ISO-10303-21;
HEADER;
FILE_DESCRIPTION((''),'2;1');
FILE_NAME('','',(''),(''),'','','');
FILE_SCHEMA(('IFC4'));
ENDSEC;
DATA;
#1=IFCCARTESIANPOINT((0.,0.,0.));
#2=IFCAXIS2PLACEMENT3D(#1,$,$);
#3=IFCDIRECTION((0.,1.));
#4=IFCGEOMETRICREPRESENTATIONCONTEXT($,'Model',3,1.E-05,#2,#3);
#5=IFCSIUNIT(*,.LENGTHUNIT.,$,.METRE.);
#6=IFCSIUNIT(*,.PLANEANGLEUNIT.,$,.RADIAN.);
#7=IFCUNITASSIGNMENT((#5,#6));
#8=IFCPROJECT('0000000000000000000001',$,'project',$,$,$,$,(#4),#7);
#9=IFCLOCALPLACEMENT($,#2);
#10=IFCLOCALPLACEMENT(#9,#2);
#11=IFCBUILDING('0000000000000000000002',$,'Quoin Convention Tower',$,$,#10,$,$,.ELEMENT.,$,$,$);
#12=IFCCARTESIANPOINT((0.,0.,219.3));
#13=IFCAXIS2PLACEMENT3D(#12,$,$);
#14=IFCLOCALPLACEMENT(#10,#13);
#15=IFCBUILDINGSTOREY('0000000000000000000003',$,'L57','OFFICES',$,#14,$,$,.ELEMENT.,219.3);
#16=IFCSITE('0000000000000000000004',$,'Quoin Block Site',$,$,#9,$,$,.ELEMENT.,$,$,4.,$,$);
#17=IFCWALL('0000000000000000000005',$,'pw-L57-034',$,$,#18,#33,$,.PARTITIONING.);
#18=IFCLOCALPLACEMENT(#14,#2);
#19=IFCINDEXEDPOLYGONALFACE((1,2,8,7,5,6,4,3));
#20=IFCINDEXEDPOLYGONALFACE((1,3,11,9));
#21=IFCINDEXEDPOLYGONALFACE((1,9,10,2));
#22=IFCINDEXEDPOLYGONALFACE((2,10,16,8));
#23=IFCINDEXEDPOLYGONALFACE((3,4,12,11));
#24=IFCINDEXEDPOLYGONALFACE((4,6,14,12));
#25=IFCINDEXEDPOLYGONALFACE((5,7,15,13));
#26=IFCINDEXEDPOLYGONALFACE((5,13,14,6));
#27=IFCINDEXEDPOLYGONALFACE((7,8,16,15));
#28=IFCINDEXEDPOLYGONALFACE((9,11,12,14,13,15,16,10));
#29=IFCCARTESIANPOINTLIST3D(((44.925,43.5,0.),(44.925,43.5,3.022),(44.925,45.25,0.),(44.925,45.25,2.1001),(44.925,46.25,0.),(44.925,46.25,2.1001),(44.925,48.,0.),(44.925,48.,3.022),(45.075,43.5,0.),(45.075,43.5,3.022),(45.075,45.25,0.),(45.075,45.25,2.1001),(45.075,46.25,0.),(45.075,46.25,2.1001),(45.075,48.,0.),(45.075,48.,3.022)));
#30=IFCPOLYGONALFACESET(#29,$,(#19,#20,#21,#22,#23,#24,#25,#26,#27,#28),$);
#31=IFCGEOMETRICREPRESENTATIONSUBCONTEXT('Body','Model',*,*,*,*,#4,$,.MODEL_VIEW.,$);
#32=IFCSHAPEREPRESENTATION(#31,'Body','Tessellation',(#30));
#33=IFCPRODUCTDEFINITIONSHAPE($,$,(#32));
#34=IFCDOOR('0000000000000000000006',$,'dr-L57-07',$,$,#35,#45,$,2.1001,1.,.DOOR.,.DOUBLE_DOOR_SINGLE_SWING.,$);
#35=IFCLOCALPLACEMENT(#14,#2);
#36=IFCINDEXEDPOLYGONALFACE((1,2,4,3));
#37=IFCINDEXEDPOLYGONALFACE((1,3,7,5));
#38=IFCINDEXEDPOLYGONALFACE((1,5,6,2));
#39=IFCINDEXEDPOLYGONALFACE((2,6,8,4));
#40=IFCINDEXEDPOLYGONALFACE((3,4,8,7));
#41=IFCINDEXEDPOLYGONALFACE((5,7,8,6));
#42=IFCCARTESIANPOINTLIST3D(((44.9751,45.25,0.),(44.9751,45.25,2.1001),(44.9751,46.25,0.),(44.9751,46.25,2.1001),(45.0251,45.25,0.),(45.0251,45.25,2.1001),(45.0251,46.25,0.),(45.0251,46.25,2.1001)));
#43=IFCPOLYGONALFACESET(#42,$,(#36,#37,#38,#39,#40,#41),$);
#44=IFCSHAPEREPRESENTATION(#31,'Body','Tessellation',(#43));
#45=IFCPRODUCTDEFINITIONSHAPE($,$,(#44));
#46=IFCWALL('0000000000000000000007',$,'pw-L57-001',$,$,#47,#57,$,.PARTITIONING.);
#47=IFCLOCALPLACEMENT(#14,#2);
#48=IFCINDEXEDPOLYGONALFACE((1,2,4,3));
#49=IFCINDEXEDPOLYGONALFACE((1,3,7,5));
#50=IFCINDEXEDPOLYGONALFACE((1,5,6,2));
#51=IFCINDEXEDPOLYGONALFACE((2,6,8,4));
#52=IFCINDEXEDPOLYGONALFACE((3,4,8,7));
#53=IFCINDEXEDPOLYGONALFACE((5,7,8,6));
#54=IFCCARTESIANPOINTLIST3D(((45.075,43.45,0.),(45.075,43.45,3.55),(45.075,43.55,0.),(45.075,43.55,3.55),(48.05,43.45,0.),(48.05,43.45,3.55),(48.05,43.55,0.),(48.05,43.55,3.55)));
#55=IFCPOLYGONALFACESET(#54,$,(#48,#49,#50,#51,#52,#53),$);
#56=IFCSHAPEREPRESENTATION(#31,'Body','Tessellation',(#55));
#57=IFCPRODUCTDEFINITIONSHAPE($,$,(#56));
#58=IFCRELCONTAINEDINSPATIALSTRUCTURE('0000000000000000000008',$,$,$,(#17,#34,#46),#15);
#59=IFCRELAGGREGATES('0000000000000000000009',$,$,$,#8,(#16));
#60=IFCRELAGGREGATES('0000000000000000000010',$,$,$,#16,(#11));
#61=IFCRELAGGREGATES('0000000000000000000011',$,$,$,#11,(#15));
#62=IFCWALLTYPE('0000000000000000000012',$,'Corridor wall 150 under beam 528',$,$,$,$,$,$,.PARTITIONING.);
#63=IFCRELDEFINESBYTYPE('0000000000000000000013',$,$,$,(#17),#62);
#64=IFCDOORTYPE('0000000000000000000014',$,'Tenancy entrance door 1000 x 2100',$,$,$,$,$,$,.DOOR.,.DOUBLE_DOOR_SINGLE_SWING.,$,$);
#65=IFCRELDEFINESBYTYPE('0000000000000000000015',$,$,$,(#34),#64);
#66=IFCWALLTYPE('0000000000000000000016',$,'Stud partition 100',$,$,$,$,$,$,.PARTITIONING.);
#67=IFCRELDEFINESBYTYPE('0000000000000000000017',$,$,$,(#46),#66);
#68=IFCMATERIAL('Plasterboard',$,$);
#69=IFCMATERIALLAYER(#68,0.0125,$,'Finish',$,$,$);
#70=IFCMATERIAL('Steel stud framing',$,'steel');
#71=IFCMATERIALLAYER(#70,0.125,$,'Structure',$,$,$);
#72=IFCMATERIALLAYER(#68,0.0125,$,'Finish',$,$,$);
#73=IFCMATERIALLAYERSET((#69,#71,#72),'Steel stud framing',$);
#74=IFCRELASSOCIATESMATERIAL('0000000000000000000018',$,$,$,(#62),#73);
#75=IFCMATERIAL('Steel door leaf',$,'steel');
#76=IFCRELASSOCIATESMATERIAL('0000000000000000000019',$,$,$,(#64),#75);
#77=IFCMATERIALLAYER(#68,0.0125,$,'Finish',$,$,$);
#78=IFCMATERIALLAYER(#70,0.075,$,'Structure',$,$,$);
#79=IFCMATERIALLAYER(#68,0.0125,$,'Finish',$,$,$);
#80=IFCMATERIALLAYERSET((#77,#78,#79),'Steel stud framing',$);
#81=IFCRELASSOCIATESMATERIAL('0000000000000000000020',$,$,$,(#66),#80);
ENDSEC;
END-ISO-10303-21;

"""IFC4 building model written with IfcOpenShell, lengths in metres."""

from ifc_helpers import new_model, si_unit, direction, frame, frame_2d, origin, place, context, subcontext, project, spatial, rectangle, extrude, material, layer, layer_set, type_object, element, fill, save


model = new_model("IFC4")

# Units and contexts
model_context = context("Model", 3, precision=1e-05, world=origin(), true_north=direction((0.0, 1.0)))
body_context = subcontext(model_context, "Body", "Model", "MODEL_VIEW")
ifc_project = project(units=[si_unit("LENGTHUNIT", "METRE"), si_unit("PLANEANGLEUNIT", "RADIAN")], contexts=[model_context])

# Site, building, storey
site_placement = place(None, origin())
site = spatial("IfcSite", under=ifc_project, at=site_placement, Name="Quoin Block Site", CompositionType="ELEMENT", RefElevation=4.0)
building_placement = place(site_placement, origin())
building = spatial("IfcBuilding", under=site, at=building_placement, Name="Quoin Convention Tower", CompositionType="ELEMENT")
storey_placement = place(building_placement, frame((0.0, 0.0, 219.3)))
storey = spatial("IfcBuildingStorey", under=building, at=storey_placement, Name="L57", Description="OFFICES", CompositionType="ELEMENT", Elevation=219.3)

# Shared definitions
ifc_material_1 = material(Name="Plasterboard")
ifc_material_2 = material(Name="Steel stud framing", Category="steel")
ifc_layer_1 = layer(ifc_material_1, 0.0125, Name="Finish")
ifc_layer_2 = layer(ifc_material_2, 0.125, Name="Structure")
ifc_layer_3 = layer(ifc_material_1, 0.0125, Name="Finish")
ifc_layer_set_1 = layer_set([ifc_layer_1, ifc_layer_2, ifc_layer_3], Name="Steel stud framing")
wall_type_1 = type_object("IfcWallType", Name="Corridor wall 150 under beam 528", PredefinedType="PARTITIONING", material=ifc_layer_set_1)

# Wall, opening, door
wall_1_placement = place(storey_placement, frame((45.0, 43.5, 0.0), z_axis=(0.0, 0.0, 1.0), x_axis=(0.0, 1.0, 0.0)))
wall_1 = element("IfcWall", 1, at=wall_1_placement, inside=storey, type_object=wall_type_1, Name="pw-L57-034", PredefinedType="PARTITIONING", context=body_context, shape_type="SweptSolid", body=[
    extrude(rectangle(XDim=4.5, YDim=0.1499, at=frame_2d((2.25, 0.0))), origin(), (0.0, 0.0, 1.0), 3.022),
])
opening_placement = place(wall_1_placement, frame((1.75, 0.0, 0.0)))
opening = element("IfcOpeningElement", 2, at=opening_placement, cuts=wall_1, PredefinedType="OPENING", context=body_context, shape_type="SweptSolid", body=[
    extrude(rectangle(XDim=1.0, YDim=2.1001, at=frame_2d((0.5, 1.05))), frame((0.0, 0.085, 0.0), z_axis=(0.0, -1.0, 0.0), x_axis=(1.0, 0.0, 0.0)), (0.0, 0.0, 1.0), 0.1699),
])
ifc_material_3 = material(Name="Steel door leaf", Category="steel")
door_type = type_object("IfcDoorType", Name="Tenancy entrance door 1000 x 2100", OperationType="DOUBLE_DOOR_SINGLE_SWING", PredefinedType="DOOR", material=ifc_material_3)
door_placement = place(opening_placement, origin())
door = element("IfcDoor", 3, at=door_placement, inside=storey, type_object=door_type, Name="dr-L57-07", OperationType="DOUBLE_DOOR_SINGLE_SWING", OverallHeight=2.1001, OverallWidth=1.0, PredefinedType="DOOR", context=body_context, shape_type="SweptSolid", body=[
    extrude(rectangle(XDim=1.0, YDim=2.1001, at=frame_2d((0.5, 1.05))), frame((0.0, 0.0249, 0.0), z_axis=(0.0, -1.0, 0.0), x_axis=(1.0, 0.0, 0.0)), (0.0, 0.0, 1.0), 0.05),
])
fill(opening, door)

# Wall
ifc_layer_4 = layer(ifc_material_1, 0.0125, Name="Finish")
ifc_layer_5 = layer(ifc_material_2, 0.075, Name="Structure")
ifc_layer_6 = layer(ifc_material_1, 0.0125, Name="Finish")
ifc_layer_set_2 = layer_set([ifc_layer_4, ifc_layer_5, ifc_layer_6], Name="Steel stud framing")
wall_type_2 = type_object("IfcWallType", Name="Stud partition 100", PredefinedType="PARTITIONING", material=ifc_layer_set_2)
wall_2_placement = place(storey_placement, frame((45.075, 43.5, 0.0), z_axis=(0.0, 0.0, 1.0), x_axis=(1.0, 0.0, 0.0)))
element("IfcWall", 4, at=wall_2_placement, inside=storey, type_object=wall_type_2, Name="pw-L57-001", PredefinedType="PARTITIONING", context=body_context, shape_type="SweptSolid", body=[
    extrude(rectangle(XDim=2.9751, YDim=0.1001, at=frame_2d((1.4875, 0.0))), origin(), (0.0, 0.0, 1.0), 3.55),
])

save(model, "model.ifc")
